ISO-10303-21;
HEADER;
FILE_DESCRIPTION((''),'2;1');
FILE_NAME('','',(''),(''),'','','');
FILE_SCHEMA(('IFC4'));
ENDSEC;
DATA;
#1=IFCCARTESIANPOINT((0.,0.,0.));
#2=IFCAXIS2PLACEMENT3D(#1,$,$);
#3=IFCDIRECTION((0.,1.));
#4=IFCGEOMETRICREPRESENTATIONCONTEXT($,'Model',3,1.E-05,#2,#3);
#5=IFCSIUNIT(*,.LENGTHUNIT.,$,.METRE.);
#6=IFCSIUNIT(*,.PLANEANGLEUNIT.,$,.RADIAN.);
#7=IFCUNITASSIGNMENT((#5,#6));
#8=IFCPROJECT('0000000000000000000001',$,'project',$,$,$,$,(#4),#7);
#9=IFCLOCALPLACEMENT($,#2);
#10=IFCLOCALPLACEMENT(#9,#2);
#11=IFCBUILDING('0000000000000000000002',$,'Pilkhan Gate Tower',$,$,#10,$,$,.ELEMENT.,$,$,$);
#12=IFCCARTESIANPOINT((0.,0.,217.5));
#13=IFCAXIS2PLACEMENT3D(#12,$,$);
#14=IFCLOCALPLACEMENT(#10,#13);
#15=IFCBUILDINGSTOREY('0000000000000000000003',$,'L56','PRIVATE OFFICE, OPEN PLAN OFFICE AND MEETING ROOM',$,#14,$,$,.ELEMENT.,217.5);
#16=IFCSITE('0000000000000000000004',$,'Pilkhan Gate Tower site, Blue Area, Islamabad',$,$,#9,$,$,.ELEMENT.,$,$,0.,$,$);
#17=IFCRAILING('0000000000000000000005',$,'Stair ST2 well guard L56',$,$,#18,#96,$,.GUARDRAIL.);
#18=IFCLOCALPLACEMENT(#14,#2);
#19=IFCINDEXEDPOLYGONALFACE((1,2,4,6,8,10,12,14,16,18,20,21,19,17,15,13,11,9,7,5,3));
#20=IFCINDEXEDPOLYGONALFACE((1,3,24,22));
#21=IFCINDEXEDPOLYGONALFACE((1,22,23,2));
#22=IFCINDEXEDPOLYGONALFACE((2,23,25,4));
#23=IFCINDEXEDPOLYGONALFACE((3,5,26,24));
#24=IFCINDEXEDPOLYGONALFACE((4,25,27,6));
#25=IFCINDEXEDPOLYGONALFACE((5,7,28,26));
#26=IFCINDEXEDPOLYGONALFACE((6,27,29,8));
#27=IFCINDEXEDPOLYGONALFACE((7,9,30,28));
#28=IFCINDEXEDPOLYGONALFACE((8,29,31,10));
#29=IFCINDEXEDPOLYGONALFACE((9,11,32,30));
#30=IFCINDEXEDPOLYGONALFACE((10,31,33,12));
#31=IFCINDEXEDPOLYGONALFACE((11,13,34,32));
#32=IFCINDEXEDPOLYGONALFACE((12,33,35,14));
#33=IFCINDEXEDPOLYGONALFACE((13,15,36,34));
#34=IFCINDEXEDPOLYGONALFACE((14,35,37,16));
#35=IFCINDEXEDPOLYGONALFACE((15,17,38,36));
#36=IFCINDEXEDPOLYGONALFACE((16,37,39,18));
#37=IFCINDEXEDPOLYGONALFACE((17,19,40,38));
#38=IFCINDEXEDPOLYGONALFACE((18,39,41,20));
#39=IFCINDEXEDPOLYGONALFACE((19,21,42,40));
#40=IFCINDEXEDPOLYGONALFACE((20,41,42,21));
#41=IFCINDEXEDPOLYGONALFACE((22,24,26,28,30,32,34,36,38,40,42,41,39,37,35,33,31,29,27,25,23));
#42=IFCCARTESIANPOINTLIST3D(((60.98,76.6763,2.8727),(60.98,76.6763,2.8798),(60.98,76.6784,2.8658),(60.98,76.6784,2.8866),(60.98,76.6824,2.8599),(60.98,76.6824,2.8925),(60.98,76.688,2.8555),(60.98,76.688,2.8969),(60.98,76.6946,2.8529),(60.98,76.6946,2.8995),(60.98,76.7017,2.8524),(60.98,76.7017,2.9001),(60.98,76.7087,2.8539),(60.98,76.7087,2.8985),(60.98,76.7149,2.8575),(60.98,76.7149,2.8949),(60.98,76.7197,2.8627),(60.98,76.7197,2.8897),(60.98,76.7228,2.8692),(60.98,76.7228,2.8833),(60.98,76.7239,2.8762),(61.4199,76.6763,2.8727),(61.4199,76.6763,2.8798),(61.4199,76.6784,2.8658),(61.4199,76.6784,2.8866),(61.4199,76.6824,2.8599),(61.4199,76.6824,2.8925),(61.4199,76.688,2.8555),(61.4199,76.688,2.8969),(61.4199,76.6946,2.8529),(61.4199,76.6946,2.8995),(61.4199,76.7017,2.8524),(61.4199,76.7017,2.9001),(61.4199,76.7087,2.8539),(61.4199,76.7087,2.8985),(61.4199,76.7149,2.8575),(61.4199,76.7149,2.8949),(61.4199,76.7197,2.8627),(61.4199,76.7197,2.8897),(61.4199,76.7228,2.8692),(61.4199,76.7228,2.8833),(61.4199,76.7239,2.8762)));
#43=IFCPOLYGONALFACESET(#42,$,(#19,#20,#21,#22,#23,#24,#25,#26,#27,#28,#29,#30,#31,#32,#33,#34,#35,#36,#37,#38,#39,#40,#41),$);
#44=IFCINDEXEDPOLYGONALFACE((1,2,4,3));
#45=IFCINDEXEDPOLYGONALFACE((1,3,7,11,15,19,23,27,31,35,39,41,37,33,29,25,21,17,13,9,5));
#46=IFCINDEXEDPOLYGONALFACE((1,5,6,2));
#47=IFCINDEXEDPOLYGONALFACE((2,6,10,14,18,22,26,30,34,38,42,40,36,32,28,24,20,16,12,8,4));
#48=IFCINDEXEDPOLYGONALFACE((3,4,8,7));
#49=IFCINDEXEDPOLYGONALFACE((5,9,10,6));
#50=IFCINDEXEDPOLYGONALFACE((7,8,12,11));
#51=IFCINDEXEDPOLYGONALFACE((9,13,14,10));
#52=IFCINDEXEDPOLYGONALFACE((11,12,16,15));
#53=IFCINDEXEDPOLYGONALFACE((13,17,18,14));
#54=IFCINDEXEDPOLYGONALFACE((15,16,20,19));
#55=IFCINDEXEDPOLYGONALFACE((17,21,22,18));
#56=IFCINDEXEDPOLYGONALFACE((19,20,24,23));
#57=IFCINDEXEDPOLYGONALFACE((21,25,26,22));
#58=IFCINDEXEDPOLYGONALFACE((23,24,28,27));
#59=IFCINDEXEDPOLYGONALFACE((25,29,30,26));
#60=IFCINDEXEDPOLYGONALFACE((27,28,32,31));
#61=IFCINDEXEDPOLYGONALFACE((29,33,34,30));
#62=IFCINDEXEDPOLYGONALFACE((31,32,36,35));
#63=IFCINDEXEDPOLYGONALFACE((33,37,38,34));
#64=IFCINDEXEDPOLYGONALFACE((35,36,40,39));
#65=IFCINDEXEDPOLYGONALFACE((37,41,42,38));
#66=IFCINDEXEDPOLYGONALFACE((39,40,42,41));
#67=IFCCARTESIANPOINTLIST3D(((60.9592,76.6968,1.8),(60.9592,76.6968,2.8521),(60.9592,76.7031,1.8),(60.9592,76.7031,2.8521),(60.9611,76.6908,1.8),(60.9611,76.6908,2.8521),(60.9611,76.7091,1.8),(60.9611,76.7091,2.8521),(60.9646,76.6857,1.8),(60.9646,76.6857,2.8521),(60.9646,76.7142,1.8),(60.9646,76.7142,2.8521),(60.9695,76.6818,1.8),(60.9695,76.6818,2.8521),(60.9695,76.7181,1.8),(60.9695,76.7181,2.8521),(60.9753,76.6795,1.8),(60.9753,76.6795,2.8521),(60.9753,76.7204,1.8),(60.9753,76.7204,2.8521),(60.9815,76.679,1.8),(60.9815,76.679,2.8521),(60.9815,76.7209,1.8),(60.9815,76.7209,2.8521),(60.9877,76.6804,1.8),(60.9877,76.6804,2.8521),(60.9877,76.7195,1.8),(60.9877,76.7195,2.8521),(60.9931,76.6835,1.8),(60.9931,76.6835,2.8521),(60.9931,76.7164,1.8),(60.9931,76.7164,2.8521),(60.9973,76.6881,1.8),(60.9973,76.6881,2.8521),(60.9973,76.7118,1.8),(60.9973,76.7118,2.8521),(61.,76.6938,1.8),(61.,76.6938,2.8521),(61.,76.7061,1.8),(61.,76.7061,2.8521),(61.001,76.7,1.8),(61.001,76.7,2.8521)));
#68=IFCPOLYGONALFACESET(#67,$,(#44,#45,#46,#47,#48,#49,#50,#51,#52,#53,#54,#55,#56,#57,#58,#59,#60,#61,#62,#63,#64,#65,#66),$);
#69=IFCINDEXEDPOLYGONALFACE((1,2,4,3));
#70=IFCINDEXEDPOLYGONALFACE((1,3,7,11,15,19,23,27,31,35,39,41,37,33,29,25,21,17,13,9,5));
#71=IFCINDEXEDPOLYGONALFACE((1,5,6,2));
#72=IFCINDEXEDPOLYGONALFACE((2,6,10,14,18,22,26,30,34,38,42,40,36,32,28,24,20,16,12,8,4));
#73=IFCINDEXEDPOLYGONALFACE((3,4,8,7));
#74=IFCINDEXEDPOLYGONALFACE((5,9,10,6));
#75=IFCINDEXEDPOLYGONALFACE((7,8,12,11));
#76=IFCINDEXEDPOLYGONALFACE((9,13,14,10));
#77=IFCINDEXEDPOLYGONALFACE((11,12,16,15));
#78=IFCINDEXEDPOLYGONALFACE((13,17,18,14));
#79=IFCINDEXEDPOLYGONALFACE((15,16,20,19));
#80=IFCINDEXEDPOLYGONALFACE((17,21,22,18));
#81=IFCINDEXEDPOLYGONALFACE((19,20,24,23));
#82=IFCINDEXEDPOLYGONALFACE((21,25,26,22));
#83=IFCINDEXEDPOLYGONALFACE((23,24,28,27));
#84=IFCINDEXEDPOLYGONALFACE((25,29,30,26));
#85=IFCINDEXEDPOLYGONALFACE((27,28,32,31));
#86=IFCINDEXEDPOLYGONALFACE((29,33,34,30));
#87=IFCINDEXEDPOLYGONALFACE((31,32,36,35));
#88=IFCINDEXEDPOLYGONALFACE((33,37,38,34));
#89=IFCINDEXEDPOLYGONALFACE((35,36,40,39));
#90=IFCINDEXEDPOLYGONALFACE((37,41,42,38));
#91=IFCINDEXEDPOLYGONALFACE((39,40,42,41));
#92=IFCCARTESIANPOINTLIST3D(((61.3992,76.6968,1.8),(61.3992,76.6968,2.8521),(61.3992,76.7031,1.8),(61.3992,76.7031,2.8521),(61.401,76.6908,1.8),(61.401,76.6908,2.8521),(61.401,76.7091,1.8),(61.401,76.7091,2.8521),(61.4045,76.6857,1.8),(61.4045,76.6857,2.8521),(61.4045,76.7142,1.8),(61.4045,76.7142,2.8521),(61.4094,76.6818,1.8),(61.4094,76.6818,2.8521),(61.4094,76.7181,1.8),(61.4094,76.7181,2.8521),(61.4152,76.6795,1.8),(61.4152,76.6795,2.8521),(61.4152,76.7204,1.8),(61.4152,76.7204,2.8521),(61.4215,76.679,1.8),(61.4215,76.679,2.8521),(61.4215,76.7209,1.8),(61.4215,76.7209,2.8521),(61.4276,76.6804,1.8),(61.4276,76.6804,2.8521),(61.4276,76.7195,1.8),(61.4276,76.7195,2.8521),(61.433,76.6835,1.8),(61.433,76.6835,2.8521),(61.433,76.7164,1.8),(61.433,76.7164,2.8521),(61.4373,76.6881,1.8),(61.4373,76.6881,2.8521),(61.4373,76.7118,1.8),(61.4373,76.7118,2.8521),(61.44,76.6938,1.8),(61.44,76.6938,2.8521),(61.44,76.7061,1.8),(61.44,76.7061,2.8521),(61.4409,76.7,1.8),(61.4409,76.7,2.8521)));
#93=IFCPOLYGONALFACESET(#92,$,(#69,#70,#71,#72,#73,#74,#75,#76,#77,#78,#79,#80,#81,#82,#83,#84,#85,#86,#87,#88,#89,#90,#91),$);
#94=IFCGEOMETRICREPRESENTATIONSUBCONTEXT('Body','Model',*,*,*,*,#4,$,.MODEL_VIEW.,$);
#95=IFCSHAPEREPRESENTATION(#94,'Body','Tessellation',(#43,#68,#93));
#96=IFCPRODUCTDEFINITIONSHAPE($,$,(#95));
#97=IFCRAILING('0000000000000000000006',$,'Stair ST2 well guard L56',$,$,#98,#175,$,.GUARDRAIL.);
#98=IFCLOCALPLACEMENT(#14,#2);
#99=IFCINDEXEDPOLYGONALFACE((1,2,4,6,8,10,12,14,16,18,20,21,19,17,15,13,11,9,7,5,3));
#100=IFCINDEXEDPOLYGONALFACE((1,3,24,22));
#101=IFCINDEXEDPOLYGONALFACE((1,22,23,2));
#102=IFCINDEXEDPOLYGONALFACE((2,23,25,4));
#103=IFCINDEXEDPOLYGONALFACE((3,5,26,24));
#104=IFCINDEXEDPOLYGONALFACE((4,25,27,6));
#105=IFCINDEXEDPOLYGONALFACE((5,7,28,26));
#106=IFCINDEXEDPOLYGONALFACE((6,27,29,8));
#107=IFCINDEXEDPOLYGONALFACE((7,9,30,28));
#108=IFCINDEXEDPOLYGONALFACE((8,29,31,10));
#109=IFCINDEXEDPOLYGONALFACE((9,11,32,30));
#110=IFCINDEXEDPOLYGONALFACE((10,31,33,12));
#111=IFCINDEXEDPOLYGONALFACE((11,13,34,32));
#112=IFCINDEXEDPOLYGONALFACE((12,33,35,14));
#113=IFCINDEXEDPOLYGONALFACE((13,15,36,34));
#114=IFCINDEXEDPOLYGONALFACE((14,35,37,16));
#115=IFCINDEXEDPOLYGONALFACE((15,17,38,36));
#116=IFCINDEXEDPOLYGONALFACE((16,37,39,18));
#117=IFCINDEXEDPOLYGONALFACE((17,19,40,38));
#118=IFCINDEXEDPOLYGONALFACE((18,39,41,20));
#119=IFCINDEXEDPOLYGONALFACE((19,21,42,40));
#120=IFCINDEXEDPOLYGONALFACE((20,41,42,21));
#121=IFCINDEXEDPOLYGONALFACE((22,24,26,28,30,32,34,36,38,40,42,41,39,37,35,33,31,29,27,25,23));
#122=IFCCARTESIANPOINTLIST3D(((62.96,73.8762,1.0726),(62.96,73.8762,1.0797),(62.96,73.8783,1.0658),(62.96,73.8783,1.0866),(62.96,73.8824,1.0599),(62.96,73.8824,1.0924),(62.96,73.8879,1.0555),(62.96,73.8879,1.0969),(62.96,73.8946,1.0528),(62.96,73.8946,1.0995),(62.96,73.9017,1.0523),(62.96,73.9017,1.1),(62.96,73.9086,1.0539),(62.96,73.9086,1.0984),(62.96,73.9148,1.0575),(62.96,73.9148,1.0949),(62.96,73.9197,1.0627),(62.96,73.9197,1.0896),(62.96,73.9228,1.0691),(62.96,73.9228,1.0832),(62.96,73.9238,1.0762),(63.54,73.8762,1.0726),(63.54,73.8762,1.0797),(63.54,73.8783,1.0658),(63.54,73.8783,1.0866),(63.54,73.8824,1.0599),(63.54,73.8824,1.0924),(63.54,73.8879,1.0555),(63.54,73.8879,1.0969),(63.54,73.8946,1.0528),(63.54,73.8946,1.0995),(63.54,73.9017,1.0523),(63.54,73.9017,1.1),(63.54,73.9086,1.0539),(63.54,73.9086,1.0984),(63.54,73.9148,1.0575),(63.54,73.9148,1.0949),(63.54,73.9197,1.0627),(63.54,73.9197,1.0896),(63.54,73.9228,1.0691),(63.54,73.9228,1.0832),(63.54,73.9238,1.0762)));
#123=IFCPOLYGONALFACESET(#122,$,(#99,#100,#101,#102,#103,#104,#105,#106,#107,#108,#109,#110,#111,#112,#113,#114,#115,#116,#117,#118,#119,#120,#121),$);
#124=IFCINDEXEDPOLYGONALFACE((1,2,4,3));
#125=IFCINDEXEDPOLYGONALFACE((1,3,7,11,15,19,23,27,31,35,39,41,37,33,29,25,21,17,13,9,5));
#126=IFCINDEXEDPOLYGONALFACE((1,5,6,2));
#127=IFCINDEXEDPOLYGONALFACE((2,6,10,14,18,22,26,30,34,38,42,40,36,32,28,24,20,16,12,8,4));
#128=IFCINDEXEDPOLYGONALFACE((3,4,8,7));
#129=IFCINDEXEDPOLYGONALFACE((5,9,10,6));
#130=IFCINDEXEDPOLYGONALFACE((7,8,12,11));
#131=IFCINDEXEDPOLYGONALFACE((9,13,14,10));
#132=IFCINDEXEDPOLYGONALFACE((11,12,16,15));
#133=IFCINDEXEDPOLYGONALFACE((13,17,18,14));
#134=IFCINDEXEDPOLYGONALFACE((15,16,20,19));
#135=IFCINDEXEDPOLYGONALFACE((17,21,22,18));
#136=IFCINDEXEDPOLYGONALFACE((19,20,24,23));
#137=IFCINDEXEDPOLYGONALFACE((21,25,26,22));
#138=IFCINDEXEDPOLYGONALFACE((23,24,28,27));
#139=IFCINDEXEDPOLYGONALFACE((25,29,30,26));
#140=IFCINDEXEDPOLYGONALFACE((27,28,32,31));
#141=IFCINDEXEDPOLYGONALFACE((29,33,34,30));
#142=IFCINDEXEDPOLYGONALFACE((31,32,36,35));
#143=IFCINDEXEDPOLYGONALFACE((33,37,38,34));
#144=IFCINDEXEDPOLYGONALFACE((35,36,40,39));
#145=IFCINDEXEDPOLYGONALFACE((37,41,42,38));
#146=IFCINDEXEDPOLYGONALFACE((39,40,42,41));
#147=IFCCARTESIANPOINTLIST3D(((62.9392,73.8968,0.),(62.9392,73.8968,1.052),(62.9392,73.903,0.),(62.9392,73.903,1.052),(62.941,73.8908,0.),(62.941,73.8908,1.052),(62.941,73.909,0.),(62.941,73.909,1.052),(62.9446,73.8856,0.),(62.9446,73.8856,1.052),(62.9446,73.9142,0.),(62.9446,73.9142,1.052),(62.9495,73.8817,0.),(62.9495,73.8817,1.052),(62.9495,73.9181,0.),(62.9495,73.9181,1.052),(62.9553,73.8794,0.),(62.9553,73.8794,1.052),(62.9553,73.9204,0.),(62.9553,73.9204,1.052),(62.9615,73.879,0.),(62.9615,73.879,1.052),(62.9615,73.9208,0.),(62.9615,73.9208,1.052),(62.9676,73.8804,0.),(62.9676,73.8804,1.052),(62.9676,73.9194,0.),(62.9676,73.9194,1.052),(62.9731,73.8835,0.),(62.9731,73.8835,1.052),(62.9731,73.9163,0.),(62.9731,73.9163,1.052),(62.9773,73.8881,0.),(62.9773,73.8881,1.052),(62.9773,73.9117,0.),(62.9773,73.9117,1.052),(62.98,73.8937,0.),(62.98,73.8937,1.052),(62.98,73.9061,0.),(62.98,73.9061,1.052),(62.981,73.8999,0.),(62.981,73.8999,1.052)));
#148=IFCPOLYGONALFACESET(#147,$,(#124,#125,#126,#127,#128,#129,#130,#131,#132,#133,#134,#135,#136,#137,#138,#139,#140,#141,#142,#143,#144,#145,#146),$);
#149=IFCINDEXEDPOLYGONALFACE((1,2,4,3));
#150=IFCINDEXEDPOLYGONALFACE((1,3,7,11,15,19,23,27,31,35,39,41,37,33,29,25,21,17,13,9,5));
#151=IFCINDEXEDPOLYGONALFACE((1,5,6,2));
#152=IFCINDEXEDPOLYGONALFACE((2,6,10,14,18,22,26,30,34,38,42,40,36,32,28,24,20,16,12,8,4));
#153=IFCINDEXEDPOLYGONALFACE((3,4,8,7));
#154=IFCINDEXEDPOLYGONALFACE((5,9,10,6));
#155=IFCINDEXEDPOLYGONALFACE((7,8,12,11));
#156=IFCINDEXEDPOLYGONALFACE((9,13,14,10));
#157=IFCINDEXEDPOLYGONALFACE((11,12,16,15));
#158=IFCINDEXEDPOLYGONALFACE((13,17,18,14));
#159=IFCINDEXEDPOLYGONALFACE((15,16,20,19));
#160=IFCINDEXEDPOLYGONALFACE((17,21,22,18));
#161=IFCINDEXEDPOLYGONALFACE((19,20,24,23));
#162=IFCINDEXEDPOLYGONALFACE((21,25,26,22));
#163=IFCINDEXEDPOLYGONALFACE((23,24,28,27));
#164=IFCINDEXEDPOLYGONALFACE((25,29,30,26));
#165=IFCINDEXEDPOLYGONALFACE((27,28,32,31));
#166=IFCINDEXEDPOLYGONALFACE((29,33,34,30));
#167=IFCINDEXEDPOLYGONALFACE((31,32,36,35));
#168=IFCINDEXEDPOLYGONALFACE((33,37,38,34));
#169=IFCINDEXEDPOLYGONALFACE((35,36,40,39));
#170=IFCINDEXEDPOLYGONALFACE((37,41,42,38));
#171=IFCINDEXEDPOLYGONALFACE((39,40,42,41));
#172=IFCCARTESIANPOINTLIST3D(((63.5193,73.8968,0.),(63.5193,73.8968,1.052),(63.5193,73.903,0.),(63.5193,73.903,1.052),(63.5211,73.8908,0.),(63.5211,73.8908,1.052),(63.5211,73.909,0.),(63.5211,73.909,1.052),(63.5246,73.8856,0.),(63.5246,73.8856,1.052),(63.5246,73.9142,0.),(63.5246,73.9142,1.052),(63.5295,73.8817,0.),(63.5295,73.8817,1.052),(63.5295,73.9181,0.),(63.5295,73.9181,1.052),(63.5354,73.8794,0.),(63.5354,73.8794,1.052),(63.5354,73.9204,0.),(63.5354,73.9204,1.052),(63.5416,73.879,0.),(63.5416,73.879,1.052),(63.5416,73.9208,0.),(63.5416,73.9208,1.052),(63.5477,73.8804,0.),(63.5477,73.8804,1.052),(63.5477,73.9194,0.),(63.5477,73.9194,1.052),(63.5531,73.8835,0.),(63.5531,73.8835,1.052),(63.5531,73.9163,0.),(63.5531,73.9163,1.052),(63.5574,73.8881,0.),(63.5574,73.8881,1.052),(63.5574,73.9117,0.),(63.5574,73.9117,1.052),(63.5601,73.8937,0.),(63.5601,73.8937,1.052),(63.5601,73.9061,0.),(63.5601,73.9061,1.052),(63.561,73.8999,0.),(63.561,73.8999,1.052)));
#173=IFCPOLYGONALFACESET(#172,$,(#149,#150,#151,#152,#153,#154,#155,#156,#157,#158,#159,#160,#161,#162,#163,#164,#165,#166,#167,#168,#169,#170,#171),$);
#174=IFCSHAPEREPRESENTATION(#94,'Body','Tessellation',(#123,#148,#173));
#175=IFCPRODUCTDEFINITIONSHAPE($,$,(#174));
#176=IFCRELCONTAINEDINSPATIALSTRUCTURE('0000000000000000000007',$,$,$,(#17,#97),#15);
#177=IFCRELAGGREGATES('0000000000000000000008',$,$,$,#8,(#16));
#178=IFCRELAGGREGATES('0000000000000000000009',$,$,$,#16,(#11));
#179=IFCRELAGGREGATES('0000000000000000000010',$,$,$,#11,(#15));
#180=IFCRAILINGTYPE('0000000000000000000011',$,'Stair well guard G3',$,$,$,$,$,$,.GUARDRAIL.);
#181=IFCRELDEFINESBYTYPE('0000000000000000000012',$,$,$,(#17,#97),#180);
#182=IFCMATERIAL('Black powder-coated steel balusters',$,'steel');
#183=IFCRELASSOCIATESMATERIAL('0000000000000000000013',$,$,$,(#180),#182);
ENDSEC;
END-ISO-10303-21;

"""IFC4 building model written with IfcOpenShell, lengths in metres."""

from ifc_helpers import new_model, si_unit, direction, frame, origin, origin_2d, place, context, subcontext, project, spatial, circle, extrude, material, type_object, element, save


model = new_model("IFC4")

# Units and contexts
model_context = context("Model", 3, precision=1e-05, world=origin(), true_north=direction((0.0, 1.0)))
body_context = subcontext(model_context, "Body", "Model", "MODEL_VIEW")
ifc_project = project(units=[si_unit("LENGTHUNIT", "METRE"), si_unit("PLANEANGLEUNIT", "RADIAN")], contexts=[model_context])

# Site, building, storey
site_placement = place(None, origin())
site = spatial("IfcSite", under=ifc_project, at=site_placement, Name="Pilkhan Gate Tower site, Blue Area, Islamabad", CompositionType="ELEMENT", RefElevation=0.0)
building_placement = place(site_placement, origin())
building = spatial("IfcBuilding", under=site, at=building_placement, Name="Pilkhan Gate Tower", CompositionType="ELEMENT")
storey_placement = place(building_placement, frame((0.0, 0.0, 217.5)))
storey = spatial("IfcBuildingStorey", under=building, at=storey_placement, Name="L56", Description="PRIVATE OFFICE, OPEN PLAN OFFICE AND MEETING ROOM", CompositionType="ELEMENT", Elevation=217.5)

# Railings
ifc_material_1 = material(Name="Black powder-coated steel balusters", Category="steel")
railing_type_1 = type_object("IfcRailingType", Name="Stair well guard G3", PredefinedType="GUARDRAIL", material=ifc_material_1)
railing_1_placement = place(storey_placement, frame((60.98, 76.7, 1.8)))
element("IfcRailing", 1, at=railing_1_placement, inside=storey, type_object=railing_type_1, Name="Stair ST2 well guard L56", PredefinedType="GUARDRAIL", context=body_context, shape_type="SweptSolid", body=[
    extrude(circle(Radius=0.0239, at=origin_2d()), frame((0.0, 0.0, 1.0762), z_axis=(1.0, 0.0, 0.0), x_axis=(0.0, 1.0, 0.0)), (0.0, 0.0, 1.0), 0.4399),
    extrude(circle(Radius=0.021, at=origin_2d()), origin(), (0.0, 0.0, 1.0), 1.052),
    extrude(circle(Radius=0.021, at=origin_2d()), frame((0.4399, 0.0, 0.0)), (0.0, 0.0, 1.0), 1.052),
])
for number, where, name in (
    (2, (62.96, 73.8999, 0.0), "Stair ST2 well guard L56"),
):
    element("IfcRailing", number, at=place(storey_placement, frame(where)), inside=storey, type_object=railing_type_1, Name=name, PredefinedType="GUARDRAIL", context=body_context, shape_type="SweptSolid", body=[
        extrude(circle(Radius=0.0239, at=origin_2d()), frame((0.0, 0.0, 1.0762), z_axis=(1.0, 0.0, 0.0), x_axis=(0.0, 1.0, 0.0)), (0.0, 0.0, 1.0), 0.5801),
        extrude(circle(Radius=0.021, at=origin_2d()), origin(), (0.0, 0.0, 1.0), 1.052),
        extrude(circle(Radius=0.021, at=origin_2d()), frame((0.5801, 0.0, 0.0)), (0.0, 0.0, 1.0), 1.052),
    ])

save(model, "model.ifc")
